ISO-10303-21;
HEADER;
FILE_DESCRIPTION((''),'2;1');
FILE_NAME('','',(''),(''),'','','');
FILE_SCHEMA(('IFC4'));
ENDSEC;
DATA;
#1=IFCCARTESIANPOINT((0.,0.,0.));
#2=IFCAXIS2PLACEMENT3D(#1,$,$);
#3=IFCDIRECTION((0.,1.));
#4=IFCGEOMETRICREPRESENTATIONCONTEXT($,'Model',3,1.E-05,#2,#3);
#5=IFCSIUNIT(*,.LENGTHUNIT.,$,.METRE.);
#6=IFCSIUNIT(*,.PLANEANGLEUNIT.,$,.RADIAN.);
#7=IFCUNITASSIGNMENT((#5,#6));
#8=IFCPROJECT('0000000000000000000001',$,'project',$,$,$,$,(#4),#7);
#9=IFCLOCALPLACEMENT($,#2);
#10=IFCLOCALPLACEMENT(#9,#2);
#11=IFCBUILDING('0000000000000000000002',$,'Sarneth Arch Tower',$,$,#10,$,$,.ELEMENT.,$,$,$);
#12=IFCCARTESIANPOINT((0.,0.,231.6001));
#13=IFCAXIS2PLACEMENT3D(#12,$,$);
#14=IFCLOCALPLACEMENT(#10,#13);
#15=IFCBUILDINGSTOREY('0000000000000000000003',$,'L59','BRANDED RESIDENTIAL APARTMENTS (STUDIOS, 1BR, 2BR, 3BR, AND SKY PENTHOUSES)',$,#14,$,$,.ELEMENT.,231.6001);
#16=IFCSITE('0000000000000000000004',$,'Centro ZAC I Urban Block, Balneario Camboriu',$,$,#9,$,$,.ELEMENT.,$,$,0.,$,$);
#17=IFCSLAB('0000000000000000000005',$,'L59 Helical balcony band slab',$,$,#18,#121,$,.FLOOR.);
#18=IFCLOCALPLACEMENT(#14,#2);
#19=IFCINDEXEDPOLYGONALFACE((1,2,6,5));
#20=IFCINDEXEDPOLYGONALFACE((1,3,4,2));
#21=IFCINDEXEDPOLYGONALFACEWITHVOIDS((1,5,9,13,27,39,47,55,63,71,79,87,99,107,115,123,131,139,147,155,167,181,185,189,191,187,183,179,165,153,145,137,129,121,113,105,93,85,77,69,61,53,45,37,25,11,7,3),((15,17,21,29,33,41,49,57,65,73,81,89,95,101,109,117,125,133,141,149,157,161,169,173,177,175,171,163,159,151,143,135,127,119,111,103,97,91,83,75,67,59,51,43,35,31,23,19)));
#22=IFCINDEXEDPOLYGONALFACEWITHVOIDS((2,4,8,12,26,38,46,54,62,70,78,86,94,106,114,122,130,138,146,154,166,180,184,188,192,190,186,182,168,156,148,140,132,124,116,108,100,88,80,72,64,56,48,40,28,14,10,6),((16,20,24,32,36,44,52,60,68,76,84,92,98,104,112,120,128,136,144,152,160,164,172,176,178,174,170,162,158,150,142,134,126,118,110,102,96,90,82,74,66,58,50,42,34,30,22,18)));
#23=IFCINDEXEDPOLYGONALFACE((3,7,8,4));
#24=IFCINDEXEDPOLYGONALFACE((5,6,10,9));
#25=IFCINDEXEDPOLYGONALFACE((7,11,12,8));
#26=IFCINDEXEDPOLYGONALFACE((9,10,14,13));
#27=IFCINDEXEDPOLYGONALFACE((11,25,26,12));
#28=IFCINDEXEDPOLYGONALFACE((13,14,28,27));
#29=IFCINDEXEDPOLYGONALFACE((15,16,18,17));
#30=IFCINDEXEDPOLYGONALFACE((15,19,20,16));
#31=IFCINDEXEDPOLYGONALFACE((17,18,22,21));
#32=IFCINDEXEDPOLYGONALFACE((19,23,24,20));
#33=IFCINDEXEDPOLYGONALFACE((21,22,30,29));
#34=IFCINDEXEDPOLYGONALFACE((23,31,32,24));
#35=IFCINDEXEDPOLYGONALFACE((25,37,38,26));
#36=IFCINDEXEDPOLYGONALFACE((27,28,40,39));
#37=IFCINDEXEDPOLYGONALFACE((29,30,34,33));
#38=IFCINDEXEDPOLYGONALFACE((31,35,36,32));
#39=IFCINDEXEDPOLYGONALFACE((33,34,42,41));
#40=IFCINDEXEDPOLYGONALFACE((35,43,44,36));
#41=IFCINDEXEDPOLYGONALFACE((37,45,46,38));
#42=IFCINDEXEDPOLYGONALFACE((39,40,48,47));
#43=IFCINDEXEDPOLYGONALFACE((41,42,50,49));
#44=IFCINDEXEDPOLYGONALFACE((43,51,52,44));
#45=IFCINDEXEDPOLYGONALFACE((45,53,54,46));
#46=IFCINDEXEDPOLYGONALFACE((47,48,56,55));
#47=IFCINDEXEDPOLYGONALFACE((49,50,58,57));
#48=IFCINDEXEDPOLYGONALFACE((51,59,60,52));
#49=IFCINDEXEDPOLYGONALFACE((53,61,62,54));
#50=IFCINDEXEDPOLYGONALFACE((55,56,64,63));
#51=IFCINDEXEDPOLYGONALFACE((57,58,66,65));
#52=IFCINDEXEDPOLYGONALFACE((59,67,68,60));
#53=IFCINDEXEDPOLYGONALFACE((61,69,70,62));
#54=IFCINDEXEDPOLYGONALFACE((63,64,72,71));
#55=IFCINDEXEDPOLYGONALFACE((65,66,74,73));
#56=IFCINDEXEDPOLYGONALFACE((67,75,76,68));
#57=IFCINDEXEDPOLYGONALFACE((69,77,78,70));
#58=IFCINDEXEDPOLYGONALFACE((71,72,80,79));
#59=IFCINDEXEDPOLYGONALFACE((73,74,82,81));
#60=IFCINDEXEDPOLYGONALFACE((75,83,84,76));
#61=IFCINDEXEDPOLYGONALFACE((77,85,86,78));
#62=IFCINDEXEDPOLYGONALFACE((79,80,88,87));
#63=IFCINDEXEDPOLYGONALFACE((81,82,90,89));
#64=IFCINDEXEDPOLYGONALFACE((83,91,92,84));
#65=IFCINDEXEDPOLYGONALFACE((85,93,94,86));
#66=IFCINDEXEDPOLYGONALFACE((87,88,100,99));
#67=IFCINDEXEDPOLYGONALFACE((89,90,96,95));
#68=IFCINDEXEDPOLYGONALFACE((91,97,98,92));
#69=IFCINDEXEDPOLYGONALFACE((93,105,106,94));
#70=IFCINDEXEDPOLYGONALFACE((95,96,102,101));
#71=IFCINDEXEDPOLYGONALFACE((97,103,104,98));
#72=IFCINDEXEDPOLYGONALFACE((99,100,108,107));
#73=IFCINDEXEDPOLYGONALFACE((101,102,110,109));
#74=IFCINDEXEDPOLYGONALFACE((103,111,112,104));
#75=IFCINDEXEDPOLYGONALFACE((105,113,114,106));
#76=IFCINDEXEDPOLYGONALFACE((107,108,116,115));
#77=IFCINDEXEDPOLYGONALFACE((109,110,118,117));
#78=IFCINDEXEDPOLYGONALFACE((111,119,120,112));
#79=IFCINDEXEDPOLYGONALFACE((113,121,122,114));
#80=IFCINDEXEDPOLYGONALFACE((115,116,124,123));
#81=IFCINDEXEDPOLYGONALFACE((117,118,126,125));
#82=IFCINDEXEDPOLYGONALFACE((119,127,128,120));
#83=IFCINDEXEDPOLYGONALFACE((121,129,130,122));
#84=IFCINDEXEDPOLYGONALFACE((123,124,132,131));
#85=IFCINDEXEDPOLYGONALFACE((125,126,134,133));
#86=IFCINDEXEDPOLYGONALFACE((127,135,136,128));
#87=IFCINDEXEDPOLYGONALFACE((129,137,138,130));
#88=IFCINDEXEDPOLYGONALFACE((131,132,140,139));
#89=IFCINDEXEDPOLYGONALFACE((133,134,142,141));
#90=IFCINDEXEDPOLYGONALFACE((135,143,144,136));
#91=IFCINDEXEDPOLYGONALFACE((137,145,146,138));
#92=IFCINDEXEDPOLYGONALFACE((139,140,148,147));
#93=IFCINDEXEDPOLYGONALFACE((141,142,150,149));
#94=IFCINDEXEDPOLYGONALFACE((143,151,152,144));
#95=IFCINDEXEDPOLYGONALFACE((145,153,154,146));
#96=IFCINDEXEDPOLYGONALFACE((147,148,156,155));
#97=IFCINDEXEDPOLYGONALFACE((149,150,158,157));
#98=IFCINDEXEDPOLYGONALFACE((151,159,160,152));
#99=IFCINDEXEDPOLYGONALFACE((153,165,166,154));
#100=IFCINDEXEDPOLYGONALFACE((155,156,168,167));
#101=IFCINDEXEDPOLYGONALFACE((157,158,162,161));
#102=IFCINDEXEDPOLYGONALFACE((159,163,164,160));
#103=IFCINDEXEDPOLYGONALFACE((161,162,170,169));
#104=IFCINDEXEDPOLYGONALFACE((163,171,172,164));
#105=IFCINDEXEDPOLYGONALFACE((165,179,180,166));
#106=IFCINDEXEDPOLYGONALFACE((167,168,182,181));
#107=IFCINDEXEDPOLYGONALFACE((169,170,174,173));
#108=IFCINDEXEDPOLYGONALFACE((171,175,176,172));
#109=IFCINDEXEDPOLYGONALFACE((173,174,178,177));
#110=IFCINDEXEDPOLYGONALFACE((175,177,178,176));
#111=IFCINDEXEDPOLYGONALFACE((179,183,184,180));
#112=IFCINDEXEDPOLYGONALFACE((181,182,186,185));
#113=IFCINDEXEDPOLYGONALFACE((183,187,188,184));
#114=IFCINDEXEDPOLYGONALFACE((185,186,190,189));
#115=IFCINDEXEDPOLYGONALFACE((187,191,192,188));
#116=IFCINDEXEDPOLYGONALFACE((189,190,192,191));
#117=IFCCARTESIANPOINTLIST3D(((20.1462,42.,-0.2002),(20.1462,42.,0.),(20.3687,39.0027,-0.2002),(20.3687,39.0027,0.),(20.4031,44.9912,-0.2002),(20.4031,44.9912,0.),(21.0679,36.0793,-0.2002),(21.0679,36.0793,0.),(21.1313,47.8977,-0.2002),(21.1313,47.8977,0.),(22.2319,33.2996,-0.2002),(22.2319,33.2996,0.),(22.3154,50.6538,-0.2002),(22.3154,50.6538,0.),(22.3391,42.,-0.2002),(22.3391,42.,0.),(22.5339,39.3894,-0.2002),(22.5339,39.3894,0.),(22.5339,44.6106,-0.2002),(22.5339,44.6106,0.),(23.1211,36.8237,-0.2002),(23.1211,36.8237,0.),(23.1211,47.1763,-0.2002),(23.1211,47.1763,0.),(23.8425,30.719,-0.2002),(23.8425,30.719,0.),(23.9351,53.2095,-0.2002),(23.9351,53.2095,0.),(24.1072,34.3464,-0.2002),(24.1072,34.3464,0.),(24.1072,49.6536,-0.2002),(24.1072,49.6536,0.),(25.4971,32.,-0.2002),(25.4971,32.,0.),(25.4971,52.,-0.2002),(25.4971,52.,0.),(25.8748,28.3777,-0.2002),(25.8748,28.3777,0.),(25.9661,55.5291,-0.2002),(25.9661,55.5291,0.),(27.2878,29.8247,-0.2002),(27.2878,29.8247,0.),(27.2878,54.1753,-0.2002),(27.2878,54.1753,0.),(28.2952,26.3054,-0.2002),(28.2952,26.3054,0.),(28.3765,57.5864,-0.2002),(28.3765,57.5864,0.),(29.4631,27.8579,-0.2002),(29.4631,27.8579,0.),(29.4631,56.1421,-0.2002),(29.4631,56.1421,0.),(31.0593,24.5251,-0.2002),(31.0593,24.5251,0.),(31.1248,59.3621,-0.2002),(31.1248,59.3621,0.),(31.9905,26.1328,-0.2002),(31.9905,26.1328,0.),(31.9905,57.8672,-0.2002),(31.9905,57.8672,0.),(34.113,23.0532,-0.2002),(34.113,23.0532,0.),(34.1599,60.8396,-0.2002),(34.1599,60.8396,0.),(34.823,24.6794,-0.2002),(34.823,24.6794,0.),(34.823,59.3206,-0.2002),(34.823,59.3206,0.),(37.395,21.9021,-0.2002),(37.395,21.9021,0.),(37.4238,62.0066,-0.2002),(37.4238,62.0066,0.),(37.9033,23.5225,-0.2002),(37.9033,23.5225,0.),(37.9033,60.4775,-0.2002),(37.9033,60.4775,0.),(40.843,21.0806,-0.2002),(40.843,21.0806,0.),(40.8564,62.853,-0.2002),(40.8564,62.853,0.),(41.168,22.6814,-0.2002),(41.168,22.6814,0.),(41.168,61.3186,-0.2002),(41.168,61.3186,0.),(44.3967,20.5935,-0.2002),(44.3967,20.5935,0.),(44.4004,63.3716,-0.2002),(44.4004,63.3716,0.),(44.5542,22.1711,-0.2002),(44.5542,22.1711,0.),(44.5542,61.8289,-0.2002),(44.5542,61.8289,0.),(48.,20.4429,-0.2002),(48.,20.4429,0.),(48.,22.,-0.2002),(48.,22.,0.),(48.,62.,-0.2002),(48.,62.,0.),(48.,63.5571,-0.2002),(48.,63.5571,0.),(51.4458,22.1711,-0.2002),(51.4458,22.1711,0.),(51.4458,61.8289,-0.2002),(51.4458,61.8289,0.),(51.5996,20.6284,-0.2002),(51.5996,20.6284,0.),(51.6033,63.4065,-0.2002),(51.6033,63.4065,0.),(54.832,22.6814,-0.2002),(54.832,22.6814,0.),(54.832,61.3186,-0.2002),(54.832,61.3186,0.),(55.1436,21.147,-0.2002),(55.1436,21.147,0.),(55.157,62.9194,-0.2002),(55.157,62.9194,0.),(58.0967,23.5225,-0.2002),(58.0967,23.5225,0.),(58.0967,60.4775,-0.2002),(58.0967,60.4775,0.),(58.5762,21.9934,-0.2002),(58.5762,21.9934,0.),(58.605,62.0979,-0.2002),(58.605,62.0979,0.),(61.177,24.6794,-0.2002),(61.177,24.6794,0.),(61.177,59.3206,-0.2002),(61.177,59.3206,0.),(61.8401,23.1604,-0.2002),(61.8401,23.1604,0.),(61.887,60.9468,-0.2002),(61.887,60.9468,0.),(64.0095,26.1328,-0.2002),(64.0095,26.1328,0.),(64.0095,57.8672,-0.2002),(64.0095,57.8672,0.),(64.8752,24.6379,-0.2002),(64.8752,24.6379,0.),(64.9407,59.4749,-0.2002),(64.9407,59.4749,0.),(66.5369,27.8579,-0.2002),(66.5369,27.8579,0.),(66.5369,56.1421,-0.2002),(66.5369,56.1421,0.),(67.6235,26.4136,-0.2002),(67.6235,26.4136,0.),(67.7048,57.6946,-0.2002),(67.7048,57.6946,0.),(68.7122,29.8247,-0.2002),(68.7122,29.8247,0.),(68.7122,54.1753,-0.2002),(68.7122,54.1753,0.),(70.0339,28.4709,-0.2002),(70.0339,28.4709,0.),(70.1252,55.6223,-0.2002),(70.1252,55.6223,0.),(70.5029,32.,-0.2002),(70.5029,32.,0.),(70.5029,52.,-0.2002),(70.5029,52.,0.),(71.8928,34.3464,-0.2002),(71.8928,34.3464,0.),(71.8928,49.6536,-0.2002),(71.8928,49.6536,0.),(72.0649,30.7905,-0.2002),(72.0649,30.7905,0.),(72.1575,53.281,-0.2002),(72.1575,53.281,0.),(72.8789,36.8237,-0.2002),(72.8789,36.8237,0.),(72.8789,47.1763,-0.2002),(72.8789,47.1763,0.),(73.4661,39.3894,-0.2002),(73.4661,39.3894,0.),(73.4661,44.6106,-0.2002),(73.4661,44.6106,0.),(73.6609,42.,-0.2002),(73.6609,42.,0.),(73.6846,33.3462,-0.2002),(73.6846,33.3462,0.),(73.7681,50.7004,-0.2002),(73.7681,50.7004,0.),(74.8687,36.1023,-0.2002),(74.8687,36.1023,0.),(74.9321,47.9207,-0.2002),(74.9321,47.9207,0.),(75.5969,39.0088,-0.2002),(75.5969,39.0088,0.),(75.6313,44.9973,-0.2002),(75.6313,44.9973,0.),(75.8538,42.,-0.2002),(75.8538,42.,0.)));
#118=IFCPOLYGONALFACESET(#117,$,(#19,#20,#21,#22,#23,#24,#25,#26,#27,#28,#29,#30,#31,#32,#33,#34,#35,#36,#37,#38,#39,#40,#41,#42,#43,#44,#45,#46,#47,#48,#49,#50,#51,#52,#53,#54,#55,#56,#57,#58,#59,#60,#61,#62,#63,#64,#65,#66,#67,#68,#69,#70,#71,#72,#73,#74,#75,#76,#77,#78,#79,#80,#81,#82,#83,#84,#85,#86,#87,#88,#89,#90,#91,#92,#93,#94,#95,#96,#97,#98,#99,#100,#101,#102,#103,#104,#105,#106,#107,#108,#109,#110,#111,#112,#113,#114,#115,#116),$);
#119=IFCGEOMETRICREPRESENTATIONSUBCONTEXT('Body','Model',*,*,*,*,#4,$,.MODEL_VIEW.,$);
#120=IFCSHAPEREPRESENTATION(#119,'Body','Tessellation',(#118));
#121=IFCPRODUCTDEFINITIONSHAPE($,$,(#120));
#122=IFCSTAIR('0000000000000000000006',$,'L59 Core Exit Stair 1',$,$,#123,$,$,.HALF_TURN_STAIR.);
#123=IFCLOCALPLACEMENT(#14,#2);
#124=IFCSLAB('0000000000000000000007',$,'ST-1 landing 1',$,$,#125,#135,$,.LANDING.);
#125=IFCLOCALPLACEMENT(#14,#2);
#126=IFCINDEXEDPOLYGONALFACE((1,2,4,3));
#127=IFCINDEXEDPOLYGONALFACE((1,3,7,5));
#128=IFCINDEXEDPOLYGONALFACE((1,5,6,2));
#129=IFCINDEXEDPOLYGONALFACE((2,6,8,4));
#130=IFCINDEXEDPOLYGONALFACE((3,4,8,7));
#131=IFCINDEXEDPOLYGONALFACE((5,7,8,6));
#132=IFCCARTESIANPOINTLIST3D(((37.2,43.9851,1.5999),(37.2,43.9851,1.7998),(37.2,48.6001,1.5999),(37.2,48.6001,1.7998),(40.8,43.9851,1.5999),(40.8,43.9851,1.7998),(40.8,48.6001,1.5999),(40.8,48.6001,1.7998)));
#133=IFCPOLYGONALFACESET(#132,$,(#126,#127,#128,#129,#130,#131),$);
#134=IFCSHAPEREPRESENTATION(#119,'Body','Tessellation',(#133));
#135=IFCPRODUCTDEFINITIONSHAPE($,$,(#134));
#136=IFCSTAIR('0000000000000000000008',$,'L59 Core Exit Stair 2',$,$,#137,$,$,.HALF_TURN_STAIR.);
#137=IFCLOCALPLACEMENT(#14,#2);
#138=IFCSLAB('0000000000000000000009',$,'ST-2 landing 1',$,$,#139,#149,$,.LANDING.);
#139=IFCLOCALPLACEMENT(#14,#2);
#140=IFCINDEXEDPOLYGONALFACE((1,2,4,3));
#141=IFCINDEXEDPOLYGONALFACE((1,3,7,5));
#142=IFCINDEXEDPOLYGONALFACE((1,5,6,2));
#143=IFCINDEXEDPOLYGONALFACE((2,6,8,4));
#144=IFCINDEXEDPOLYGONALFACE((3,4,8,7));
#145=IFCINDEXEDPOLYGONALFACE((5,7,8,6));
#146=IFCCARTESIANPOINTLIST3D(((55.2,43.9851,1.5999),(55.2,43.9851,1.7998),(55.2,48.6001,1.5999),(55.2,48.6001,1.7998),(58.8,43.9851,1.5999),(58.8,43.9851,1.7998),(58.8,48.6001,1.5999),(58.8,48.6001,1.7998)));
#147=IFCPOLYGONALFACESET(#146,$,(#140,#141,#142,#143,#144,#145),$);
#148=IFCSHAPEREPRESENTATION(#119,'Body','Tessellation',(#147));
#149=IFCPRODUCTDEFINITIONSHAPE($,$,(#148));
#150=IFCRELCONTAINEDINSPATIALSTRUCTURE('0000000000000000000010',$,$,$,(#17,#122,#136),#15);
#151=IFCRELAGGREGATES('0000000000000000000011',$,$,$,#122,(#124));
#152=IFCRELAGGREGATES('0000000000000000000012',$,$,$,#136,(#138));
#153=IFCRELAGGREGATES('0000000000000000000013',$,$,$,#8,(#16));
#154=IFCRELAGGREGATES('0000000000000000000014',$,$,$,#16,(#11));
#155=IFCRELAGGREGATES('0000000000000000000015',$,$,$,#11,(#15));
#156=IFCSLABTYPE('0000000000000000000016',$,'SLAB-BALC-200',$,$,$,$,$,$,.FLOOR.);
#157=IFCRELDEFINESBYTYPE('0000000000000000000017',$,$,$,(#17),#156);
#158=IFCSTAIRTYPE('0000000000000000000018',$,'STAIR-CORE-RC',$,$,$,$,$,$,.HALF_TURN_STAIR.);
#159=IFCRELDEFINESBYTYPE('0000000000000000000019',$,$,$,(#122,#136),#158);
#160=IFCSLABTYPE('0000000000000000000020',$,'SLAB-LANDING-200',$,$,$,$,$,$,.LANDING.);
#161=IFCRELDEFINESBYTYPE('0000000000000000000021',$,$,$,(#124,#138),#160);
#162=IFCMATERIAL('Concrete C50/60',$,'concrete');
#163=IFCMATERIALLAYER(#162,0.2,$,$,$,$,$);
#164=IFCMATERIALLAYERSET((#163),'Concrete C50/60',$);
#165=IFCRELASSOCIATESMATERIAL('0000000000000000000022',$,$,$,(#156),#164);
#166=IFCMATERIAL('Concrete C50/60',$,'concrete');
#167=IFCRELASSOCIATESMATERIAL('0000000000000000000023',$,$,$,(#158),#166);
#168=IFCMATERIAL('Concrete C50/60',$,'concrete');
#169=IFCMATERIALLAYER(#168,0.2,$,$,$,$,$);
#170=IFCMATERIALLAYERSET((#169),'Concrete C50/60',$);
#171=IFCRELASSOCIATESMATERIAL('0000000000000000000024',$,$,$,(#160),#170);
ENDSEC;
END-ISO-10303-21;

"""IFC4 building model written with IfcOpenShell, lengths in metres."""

from ifc_helpers import new_model, si_unit, direction, frame, origin, place, context, subcontext, project, spatial, polyline, outline, extrude, material, layer, layer_set, type_object, element, aggregate, save


model = new_model("IFC4")

# Units and contexts
model_context = context("Model", 3, precision=1e-05, world=origin(), true_north=direction((0.0, 1.0)))
body_context = subcontext(model_context, "Body", "Model", "MODEL_VIEW")
ifc_project = project(units=[si_unit("LENGTHUNIT", "METRE"), si_unit("PLANEANGLEUNIT", "RADIAN")], contexts=[model_context])

# Site, building, storey
site_placement = place(None, origin())
site = spatial("IfcSite", under=ifc_project, at=site_placement, Name="Centro ZAC I Urban Block, Balneario Camboriu", CompositionType="ELEMENT", RefElevation=0.0)
building_placement = place(site_placement, origin())
building = spatial("IfcBuilding", under=site, at=building_placement, Name="Sarneth Arch Tower", CompositionType="ELEMENT")
storey_placement = place(building_placement, frame((0.0, 0.0, 231.6001)))
storey = spatial("IfcBuildingStorey", under=building, at=storey_placement, Name="L59", Description="BRANDED RESIDENTIAL APARTMENTS (STUDIOS, 1BR, 2BR, 3BR, AND SKY PENTHOUSES)", CompositionType="ELEMENT", Elevation=231.6001)

# Slab
ifc_material_1 = material(Name="Concrete C50/60", Category="concrete")
ifc_layer_1 = layer(ifc_material_1, 0.2)
ifc_layer_set_1 = layer_set([ifc_layer_1], Name="Concrete C50/60")
slab_type_1 = type_object("IfcSlabType", Name="SLAB-BALC-200", PredefinedType="FLOOR", material=ifc_layer_set_1)
slab_1_placement = place(storey_placement, frame((0.0, 0.0, -0.2002)))
element("IfcSlab", 1, at=slab_1_placement, inside=storey, type_object=slab_type_1, Name="L59 Helical balcony band slab", PredefinedType="FLOOR", context=body_context, shape_type="SweptSolid", body=[
    extrude(outline(polyline([(75.8538, 42.0), (75.6313, 44.9973), (74.9321, 47.9207), (73.7681, 50.7004), (72.1575, 53.281), (70.1252, 55.6223), (67.7048, 57.6946), (64.9407, 59.4749), (61.887, 60.9468), (58.605, 62.0979), (55.157, 62.9194), (51.6033, 63.4065), (48.0, 63.5571), (44.4004, 63.3716), (40.8564, 62.853), (37.4238, 62.0066), (34.1599, 60.8396), (31.1248, 59.3621), (28.3765, 57.5864), (25.9661, 55.5291), (23.9351, 53.2095), (22.3154, 50.6538), (21.1313, 47.8977), (20.4031, 44.9912), (20.1462, 42.0), (20.3687, 39.0027), (21.0679, 36.0793), (22.2319, 33.2996), (23.8425, 30.719), (25.8748, 28.3777), (28.2952, 26.3054), (31.0593, 24.5251), (34.113, 23.0532), (37.395, 21.9021), (40.843, 21.0806), (44.3967, 20.5935), (48.0, 20.4429), (51.5996, 20.6284), (55.1436, 21.147), (58.5762, 21.9934), (61.8401, 23.1604), (64.8752, 24.6379), (67.6235, 26.4136), (70.0339, 28.4709), (72.0649, 30.7905), (73.6846, 33.3462), (74.8687, 36.1023), (75.5969, 39.0088), (75.8538, 42.0)]), holes=[polyline([(73.6609, 42.0), (73.4661, 44.6106), (72.8789, 47.1763), (71.8928, 49.6536), (70.5029, 52.0), (68.7122, 54.1753), (66.5369, 56.1421), (64.0095, 57.8672), (61.177, 59.3206), (58.0967, 60.4775), (54.832, 61.3186), (51.4458, 61.8289), (48.0, 62.0), (44.5542, 61.8289), (41.168, 61.3186), (37.9033, 60.4775), (34.823, 59.3206), (31.9905, 57.8672), (29.4631, 56.1421), (27.2878, 54.1753), (25.4971, 52.0), (24.1072, 49.6536), (23.1211, 47.1763), (22.5339, 44.6106), (22.3391, 42.0), (22.5339, 39.3894), (23.1211, 36.8237), (24.1072, 34.3464), (25.4971, 32.0), (27.2878, 29.8247), (29.4631, 27.8579), (31.9905, 26.1328), (34.823, 24.6794), (37.9033, 23.5225), (41.168, 22.6814), (44.5542, 22.1711), (48.0, 22.0), (51.4458, 22.1711), (54.832, 22.6814), (58.0967, 23.5225), (61.177, 24.6794), (64.0095, 26.1328), (66.5369, 27.8579), (68.7122, 29.8247), (70.5029, 32.0), (71.8928, 34.3464), (72.8789, 36.8237), (73.4661, 39.3894), (73.6609, 42.0)])]), origin(), (0.0, 0.0, 1.0), 0.2002),
])

# Stairs, slabs
ifc_material_2 = material(Name="Concrete C50/60", Category="concrete")
stair_type = type_object("IfcStairType", Name="STAIR-CORE-RC", PredefinedType="HALF_TURN_STAIR", material=ifc_material_2)
stair_1_placement = place(storey_placement, origin())
stair_1 = element("IfcStair", 2, at=stair_1_placement, inside=storey, type_object=stair_type, Name="L59 Core Exit Stair 1", PredefinedType="HALF_TURN_STAIR")
ifc_material_3 = material(Name="Concrete C50/60", Category="concrete")
ifc_layer_2 = layer(ifc_material_3, 0.2)
ifc_layer_set_2 = layer_set([ifc_layer_2], Name="Concrete C50/60")
slab_type_2 = type_object("IfcSlabType", Name="SLAB-LANDING-200", PredefinedType="LANDING", material=ifc_layer_set_2)
slab_2_placement = place(storey_placement, frame((0.0, 0.0, 1.5999)))
slab_2 = element("IfcSlab", 3, at=slab_2_placement, type_object=slab_type_2, Name="ST-1 landing 1", PredefinedType="LANDING", context=body_context, shape_type="SweptSolid", body=[
    extrude(outline(polyline([(37.2, 43.9851), (40.8, 43.9851), (40.8, 48.6001), (37.2, 48.6001), (37.2, 43.9851)])), origin(), (0.0, 0.0, 1.0), 0.2),
])
aggregate(stair_1, [slab_2])
stair_2_placement = place(storey_placement, origin())
stair_2 = element("IfcStair", 4, at=stair_2_placement, inside=storey, type_object=stair_type, Name="L59 Core Exit Stair 2", PredefinedType="HALF_TURN_STAIR")
slab_3_placement = place(storey_placement, frame((0.0, 0.0, 1.5999)))
slab_3 = element("IfcSlab", 5, at=slab_3_placement, type_object=slab_type_2, Name="ST-2 landing 1", PredefinedType="LANDING", context=body_context, shape_type="SweptSolid", body=[
    extrude(outline(polyline([(55.2, 43.9851), (58.8, 43.9851), (58.8, 48.6001), (55.2, 48.6001), (55.2, 43.9851)])), origin(), (0.0, 0.0, 1.0), 0.2),
])
aggregate(stair_2, [slab_3])

save(model, "model.ifc")
